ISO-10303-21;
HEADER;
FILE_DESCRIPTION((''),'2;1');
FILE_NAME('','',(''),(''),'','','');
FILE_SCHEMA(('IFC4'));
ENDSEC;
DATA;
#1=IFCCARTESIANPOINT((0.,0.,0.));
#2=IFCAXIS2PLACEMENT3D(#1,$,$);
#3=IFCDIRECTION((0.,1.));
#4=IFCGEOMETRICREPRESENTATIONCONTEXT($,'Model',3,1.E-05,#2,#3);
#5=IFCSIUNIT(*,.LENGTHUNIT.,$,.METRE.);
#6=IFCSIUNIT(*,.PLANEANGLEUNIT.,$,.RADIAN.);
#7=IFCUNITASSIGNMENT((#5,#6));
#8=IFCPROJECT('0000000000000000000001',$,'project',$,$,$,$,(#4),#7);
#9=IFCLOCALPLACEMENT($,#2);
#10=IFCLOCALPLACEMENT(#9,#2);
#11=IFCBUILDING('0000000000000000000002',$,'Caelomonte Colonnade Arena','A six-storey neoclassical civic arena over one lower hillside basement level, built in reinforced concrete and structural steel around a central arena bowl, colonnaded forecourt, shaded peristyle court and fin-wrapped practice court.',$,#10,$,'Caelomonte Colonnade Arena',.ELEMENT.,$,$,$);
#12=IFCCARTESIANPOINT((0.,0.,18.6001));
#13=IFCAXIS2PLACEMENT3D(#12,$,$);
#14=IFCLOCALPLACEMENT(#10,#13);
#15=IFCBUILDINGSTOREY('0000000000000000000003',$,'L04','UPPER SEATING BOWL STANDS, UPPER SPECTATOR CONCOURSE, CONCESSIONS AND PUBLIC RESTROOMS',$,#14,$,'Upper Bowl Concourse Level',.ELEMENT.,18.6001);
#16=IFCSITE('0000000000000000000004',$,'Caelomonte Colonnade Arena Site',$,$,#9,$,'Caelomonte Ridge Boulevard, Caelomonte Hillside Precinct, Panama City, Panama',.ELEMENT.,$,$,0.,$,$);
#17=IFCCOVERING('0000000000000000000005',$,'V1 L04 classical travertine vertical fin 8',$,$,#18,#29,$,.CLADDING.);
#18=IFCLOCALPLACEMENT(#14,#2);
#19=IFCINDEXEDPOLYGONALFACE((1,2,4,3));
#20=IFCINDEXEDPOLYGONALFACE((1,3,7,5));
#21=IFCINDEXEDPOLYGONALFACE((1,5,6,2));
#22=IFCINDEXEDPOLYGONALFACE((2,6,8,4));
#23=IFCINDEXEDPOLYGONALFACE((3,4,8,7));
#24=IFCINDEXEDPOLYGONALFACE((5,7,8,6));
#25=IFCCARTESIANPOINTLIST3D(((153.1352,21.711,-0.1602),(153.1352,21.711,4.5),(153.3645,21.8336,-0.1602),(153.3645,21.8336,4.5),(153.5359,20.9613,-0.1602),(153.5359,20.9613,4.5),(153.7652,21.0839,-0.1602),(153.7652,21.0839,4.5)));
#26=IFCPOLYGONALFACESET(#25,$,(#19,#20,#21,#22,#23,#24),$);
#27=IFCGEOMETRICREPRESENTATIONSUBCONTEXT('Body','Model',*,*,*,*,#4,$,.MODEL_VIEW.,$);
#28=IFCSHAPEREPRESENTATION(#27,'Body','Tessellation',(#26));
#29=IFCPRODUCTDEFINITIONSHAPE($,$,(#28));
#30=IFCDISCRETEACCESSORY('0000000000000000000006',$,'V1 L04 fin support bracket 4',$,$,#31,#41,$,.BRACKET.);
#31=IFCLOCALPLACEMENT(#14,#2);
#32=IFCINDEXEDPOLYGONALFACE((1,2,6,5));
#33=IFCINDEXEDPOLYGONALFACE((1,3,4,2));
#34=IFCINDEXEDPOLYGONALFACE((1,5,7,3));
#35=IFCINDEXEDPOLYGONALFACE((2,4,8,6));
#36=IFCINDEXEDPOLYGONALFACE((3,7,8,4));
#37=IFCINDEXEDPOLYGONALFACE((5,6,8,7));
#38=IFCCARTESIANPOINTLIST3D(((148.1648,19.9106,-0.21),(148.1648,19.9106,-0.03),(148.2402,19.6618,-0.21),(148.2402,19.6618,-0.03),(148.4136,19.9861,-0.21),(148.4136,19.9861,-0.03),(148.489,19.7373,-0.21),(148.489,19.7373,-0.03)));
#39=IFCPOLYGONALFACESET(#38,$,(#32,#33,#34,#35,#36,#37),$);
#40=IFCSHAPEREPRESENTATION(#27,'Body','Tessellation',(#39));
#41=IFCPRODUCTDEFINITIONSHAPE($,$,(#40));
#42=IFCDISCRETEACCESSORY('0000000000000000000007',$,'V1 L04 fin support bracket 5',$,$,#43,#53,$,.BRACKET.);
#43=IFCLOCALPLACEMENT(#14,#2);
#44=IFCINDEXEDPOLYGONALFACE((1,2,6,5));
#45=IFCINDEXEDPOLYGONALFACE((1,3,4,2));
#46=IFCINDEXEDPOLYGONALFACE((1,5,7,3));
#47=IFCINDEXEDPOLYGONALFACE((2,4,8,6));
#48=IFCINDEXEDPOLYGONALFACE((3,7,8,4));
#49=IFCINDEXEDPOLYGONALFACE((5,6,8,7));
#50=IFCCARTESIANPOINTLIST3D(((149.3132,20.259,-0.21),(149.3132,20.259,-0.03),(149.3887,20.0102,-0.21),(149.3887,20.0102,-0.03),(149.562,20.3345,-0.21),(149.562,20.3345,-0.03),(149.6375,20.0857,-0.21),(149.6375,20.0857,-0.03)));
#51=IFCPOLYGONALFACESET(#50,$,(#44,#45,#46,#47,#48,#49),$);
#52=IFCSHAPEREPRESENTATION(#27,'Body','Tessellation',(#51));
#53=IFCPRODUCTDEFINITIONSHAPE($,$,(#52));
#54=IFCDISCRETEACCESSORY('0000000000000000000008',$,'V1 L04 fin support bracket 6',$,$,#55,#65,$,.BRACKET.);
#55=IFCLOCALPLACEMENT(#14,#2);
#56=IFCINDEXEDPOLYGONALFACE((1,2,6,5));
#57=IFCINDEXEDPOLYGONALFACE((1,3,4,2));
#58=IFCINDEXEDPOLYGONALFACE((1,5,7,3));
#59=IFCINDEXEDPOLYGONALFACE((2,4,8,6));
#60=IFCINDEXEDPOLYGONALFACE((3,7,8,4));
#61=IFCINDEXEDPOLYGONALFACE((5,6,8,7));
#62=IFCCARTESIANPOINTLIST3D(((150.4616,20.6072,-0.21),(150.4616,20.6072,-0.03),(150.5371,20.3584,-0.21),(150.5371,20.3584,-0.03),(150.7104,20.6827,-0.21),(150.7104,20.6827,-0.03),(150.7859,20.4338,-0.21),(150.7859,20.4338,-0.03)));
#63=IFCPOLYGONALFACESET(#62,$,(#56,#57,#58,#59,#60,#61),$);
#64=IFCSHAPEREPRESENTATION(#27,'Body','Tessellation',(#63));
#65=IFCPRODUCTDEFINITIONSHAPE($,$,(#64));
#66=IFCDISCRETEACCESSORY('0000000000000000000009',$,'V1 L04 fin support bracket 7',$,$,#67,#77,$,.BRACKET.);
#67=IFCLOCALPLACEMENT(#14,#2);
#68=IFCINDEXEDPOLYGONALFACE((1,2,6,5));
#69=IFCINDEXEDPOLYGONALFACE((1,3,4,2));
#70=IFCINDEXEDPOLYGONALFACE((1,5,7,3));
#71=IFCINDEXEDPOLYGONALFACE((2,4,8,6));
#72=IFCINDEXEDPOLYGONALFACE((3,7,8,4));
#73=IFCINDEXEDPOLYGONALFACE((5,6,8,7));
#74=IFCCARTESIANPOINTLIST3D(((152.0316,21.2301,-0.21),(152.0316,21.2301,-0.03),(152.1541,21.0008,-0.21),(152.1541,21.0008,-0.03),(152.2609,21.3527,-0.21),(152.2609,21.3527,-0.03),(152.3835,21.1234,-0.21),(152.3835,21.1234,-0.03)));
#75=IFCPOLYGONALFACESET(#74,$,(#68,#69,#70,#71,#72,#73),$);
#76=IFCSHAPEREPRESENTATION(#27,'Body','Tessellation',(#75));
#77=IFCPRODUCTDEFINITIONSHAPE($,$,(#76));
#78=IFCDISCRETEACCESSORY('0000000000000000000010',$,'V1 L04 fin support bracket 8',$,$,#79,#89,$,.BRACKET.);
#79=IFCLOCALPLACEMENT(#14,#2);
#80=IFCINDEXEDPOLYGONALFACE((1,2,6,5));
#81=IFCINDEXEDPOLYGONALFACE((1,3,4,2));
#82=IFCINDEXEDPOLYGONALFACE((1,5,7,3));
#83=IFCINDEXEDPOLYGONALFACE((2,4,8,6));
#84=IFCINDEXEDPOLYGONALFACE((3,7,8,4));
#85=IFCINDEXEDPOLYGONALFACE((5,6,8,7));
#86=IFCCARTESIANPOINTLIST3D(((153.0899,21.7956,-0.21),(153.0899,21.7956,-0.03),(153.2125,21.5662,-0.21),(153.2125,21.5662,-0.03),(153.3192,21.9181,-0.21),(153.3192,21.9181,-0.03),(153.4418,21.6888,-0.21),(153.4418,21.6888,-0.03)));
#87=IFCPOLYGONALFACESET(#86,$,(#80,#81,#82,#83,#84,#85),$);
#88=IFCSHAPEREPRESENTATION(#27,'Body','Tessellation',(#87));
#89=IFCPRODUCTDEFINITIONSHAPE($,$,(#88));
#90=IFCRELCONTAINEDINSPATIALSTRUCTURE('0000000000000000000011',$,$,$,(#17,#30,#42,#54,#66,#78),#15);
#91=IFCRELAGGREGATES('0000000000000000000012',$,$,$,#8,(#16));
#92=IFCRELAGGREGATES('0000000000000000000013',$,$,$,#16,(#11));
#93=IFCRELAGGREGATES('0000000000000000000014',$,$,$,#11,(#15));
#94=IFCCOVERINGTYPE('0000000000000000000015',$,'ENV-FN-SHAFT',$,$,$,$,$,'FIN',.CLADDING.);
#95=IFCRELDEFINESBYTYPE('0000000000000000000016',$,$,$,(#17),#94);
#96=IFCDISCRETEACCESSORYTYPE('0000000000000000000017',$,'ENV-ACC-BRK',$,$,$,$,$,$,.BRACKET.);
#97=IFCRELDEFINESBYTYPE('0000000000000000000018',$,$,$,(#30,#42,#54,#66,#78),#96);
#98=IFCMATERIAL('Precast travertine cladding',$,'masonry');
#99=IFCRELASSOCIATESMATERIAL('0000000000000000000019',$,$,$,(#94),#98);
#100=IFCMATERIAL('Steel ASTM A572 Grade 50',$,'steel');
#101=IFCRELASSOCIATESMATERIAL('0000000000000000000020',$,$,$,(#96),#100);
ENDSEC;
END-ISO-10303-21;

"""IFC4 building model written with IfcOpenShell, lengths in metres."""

from ifc_helpers import new_model, si_unit, direction, frame, origin, origin_2d, place, context, subcontext, project, spatial, rectangle, extrude, material, material_profile, profile_set, type_object, element, save


model = new_model("IFC4")

# Units and contexts
model_context = context("Model", 3, precision=1e-05, world=origin(), true_north=direction((0.0, 1.0)))
body_context = subcontext(model_context, "Body", "Model", "MODEL_VIEW")
ifc_project = project(units=[si_unit("LENGTHUNIT", "METRE"), si_unit("PLANEANGLEUNIT", "RADIAN")], contexts=[model_context])

# Site, building, storey
site_placement = place(None, origin())
site = spatial("IfcSite", under=ifc_project, at=site_placement, Name="Caelomonte Colonnade Arena Site", LongName="Caelomonte Ridge Boulevard, Caelomonte Hillside Precinct, Panama City, Panama", CompositionType="ELEMENT", RefElevation=0.0)
building_placement = place(site_placement, origin())
building = spatial("IfcBuilding", under=site, at=building_placement, Name="Caelomonte Colonnade Arena", Description="A six-storey neoclassical civic arena over one lower hillside basement level, built in reinforced concrete and structural steel around a central arena bowl, colonnaded forecourt, shaded peristyle court and fin-wrapped practice court.", LongName="Caelomonte Colonnade Arena", CompositionType="ELEMENT")
storey_placement = place(building_placement, frame((0.0, 0.0, 18.6001)))
storey = spatial("IfcBuildingStorey", under=building, at=storey_placement, Name="L04", Description="UPPER SEATING BOWL STANDS, UPPER SPECTATOR CONCOURSE, CONCESSIONS AND PUBLIC RESTROOMS", LongName="Upper Bowl Concourse Level", CompositionType="ELEMENT", Elevation=18.6001)

# Covering
ifc_material_1 = material(Name="Precast travertine cladding", Category="masonry")
ifc_material_profile_1 = material_profile(ifc_material_1, rectangle(XDim=0.26, YDim=0.8501, at=origin_2d()), Name="FIN260X850")
ifc_profile_set_1 = profile_set([ifc_material_profile_1], Name="Precast travertine cladding")
covering_type = type_object("IfcCoveringType", Name="ENV-FN-SHAFT", ElementType="FIN", PredefinedType="CLADDING", material=ifc_profile_set_1)
for number, where, z_axis, x_axis, name in (
    (1, (153.4502, 21.3975, -0.1602), (0.0, 0.0, 1.0), (-0.881921, -0.471397, 0.0), "V1 L04 classical travertine vertical fin 8"),
):
    element("IfcCovering", number, at=place(storey_placement, frame(where, z_axis=z_axis, x_axis=x_axis)), inside=storey, type_object=covering_type, Name=name, PredefinedType="CLADDING", context=body_context, shape_type="SweptSolid", body=[
        extrude(rectangle(XDim=0.26, YDim=0.8501, at=origin_2d()), origin(), (0.0, 0.0, 1.0), 4.6602),
    ])

# Discrete accessories
ifc_material_2 = material(Name="Steel ASTM A572 Grade 50", Category="steel")
discrete_accessory_type = type_object("IfcDiscreteAccessoryType", Name="ENV-ACC-BRK", PredefinedType="BRACKET", material=ifc_material_2)
for number, where, z_axis, x_axis, name in (
    (2, (148.3269, 19.824, -0.21), (0.0, 0.0, 1.0), (0.956943, 0.290276, 0.0), "V1 L04 fin support bracket 4"),
    (3, (149.4753, 20.1724, -0.21), (0.0, 0.0, 1.0), (0.956943, 0.290276, 0.0), "V1 L04 fin support bracket 5"),
    (4, (150.6238, 20.5205, -0.21), (0.0, 0.0, 1.0), (0.956943, 0.290276, 0.0), "V1 L04 fin support bracket 6"),
    (5, (152.2075, 21.1768, -0.21), (0.0, 0.0, 1.0), (0.881921, 0.471397, 0.0), "V1 L04 fin support bracket 7"),
    (6, (153.2659, 21.7422, -0.21), (0.0, 0.0, 1.0), (0.881921, 0.471397, 0.0), "V1 L04 fin support bracket 8"),
):
    element("IfcDiscreteAccessory", number, at=place(storey_placement, frame(where, z_axis=z_axis, x_axis=x_axis)), inside=storey, type_object=discrete_accessory_type, Name=name, PredefinedType="BRACKET", context=body_context, shape_type="SweptSolid", body=[
        extrude(rectangle(XDim=0.26, YDim=0.26, at=origin_2d()), origin(), (0.0, 0.0, 1.0), 0.1799),
    ])

save(model, "model.ifc")
